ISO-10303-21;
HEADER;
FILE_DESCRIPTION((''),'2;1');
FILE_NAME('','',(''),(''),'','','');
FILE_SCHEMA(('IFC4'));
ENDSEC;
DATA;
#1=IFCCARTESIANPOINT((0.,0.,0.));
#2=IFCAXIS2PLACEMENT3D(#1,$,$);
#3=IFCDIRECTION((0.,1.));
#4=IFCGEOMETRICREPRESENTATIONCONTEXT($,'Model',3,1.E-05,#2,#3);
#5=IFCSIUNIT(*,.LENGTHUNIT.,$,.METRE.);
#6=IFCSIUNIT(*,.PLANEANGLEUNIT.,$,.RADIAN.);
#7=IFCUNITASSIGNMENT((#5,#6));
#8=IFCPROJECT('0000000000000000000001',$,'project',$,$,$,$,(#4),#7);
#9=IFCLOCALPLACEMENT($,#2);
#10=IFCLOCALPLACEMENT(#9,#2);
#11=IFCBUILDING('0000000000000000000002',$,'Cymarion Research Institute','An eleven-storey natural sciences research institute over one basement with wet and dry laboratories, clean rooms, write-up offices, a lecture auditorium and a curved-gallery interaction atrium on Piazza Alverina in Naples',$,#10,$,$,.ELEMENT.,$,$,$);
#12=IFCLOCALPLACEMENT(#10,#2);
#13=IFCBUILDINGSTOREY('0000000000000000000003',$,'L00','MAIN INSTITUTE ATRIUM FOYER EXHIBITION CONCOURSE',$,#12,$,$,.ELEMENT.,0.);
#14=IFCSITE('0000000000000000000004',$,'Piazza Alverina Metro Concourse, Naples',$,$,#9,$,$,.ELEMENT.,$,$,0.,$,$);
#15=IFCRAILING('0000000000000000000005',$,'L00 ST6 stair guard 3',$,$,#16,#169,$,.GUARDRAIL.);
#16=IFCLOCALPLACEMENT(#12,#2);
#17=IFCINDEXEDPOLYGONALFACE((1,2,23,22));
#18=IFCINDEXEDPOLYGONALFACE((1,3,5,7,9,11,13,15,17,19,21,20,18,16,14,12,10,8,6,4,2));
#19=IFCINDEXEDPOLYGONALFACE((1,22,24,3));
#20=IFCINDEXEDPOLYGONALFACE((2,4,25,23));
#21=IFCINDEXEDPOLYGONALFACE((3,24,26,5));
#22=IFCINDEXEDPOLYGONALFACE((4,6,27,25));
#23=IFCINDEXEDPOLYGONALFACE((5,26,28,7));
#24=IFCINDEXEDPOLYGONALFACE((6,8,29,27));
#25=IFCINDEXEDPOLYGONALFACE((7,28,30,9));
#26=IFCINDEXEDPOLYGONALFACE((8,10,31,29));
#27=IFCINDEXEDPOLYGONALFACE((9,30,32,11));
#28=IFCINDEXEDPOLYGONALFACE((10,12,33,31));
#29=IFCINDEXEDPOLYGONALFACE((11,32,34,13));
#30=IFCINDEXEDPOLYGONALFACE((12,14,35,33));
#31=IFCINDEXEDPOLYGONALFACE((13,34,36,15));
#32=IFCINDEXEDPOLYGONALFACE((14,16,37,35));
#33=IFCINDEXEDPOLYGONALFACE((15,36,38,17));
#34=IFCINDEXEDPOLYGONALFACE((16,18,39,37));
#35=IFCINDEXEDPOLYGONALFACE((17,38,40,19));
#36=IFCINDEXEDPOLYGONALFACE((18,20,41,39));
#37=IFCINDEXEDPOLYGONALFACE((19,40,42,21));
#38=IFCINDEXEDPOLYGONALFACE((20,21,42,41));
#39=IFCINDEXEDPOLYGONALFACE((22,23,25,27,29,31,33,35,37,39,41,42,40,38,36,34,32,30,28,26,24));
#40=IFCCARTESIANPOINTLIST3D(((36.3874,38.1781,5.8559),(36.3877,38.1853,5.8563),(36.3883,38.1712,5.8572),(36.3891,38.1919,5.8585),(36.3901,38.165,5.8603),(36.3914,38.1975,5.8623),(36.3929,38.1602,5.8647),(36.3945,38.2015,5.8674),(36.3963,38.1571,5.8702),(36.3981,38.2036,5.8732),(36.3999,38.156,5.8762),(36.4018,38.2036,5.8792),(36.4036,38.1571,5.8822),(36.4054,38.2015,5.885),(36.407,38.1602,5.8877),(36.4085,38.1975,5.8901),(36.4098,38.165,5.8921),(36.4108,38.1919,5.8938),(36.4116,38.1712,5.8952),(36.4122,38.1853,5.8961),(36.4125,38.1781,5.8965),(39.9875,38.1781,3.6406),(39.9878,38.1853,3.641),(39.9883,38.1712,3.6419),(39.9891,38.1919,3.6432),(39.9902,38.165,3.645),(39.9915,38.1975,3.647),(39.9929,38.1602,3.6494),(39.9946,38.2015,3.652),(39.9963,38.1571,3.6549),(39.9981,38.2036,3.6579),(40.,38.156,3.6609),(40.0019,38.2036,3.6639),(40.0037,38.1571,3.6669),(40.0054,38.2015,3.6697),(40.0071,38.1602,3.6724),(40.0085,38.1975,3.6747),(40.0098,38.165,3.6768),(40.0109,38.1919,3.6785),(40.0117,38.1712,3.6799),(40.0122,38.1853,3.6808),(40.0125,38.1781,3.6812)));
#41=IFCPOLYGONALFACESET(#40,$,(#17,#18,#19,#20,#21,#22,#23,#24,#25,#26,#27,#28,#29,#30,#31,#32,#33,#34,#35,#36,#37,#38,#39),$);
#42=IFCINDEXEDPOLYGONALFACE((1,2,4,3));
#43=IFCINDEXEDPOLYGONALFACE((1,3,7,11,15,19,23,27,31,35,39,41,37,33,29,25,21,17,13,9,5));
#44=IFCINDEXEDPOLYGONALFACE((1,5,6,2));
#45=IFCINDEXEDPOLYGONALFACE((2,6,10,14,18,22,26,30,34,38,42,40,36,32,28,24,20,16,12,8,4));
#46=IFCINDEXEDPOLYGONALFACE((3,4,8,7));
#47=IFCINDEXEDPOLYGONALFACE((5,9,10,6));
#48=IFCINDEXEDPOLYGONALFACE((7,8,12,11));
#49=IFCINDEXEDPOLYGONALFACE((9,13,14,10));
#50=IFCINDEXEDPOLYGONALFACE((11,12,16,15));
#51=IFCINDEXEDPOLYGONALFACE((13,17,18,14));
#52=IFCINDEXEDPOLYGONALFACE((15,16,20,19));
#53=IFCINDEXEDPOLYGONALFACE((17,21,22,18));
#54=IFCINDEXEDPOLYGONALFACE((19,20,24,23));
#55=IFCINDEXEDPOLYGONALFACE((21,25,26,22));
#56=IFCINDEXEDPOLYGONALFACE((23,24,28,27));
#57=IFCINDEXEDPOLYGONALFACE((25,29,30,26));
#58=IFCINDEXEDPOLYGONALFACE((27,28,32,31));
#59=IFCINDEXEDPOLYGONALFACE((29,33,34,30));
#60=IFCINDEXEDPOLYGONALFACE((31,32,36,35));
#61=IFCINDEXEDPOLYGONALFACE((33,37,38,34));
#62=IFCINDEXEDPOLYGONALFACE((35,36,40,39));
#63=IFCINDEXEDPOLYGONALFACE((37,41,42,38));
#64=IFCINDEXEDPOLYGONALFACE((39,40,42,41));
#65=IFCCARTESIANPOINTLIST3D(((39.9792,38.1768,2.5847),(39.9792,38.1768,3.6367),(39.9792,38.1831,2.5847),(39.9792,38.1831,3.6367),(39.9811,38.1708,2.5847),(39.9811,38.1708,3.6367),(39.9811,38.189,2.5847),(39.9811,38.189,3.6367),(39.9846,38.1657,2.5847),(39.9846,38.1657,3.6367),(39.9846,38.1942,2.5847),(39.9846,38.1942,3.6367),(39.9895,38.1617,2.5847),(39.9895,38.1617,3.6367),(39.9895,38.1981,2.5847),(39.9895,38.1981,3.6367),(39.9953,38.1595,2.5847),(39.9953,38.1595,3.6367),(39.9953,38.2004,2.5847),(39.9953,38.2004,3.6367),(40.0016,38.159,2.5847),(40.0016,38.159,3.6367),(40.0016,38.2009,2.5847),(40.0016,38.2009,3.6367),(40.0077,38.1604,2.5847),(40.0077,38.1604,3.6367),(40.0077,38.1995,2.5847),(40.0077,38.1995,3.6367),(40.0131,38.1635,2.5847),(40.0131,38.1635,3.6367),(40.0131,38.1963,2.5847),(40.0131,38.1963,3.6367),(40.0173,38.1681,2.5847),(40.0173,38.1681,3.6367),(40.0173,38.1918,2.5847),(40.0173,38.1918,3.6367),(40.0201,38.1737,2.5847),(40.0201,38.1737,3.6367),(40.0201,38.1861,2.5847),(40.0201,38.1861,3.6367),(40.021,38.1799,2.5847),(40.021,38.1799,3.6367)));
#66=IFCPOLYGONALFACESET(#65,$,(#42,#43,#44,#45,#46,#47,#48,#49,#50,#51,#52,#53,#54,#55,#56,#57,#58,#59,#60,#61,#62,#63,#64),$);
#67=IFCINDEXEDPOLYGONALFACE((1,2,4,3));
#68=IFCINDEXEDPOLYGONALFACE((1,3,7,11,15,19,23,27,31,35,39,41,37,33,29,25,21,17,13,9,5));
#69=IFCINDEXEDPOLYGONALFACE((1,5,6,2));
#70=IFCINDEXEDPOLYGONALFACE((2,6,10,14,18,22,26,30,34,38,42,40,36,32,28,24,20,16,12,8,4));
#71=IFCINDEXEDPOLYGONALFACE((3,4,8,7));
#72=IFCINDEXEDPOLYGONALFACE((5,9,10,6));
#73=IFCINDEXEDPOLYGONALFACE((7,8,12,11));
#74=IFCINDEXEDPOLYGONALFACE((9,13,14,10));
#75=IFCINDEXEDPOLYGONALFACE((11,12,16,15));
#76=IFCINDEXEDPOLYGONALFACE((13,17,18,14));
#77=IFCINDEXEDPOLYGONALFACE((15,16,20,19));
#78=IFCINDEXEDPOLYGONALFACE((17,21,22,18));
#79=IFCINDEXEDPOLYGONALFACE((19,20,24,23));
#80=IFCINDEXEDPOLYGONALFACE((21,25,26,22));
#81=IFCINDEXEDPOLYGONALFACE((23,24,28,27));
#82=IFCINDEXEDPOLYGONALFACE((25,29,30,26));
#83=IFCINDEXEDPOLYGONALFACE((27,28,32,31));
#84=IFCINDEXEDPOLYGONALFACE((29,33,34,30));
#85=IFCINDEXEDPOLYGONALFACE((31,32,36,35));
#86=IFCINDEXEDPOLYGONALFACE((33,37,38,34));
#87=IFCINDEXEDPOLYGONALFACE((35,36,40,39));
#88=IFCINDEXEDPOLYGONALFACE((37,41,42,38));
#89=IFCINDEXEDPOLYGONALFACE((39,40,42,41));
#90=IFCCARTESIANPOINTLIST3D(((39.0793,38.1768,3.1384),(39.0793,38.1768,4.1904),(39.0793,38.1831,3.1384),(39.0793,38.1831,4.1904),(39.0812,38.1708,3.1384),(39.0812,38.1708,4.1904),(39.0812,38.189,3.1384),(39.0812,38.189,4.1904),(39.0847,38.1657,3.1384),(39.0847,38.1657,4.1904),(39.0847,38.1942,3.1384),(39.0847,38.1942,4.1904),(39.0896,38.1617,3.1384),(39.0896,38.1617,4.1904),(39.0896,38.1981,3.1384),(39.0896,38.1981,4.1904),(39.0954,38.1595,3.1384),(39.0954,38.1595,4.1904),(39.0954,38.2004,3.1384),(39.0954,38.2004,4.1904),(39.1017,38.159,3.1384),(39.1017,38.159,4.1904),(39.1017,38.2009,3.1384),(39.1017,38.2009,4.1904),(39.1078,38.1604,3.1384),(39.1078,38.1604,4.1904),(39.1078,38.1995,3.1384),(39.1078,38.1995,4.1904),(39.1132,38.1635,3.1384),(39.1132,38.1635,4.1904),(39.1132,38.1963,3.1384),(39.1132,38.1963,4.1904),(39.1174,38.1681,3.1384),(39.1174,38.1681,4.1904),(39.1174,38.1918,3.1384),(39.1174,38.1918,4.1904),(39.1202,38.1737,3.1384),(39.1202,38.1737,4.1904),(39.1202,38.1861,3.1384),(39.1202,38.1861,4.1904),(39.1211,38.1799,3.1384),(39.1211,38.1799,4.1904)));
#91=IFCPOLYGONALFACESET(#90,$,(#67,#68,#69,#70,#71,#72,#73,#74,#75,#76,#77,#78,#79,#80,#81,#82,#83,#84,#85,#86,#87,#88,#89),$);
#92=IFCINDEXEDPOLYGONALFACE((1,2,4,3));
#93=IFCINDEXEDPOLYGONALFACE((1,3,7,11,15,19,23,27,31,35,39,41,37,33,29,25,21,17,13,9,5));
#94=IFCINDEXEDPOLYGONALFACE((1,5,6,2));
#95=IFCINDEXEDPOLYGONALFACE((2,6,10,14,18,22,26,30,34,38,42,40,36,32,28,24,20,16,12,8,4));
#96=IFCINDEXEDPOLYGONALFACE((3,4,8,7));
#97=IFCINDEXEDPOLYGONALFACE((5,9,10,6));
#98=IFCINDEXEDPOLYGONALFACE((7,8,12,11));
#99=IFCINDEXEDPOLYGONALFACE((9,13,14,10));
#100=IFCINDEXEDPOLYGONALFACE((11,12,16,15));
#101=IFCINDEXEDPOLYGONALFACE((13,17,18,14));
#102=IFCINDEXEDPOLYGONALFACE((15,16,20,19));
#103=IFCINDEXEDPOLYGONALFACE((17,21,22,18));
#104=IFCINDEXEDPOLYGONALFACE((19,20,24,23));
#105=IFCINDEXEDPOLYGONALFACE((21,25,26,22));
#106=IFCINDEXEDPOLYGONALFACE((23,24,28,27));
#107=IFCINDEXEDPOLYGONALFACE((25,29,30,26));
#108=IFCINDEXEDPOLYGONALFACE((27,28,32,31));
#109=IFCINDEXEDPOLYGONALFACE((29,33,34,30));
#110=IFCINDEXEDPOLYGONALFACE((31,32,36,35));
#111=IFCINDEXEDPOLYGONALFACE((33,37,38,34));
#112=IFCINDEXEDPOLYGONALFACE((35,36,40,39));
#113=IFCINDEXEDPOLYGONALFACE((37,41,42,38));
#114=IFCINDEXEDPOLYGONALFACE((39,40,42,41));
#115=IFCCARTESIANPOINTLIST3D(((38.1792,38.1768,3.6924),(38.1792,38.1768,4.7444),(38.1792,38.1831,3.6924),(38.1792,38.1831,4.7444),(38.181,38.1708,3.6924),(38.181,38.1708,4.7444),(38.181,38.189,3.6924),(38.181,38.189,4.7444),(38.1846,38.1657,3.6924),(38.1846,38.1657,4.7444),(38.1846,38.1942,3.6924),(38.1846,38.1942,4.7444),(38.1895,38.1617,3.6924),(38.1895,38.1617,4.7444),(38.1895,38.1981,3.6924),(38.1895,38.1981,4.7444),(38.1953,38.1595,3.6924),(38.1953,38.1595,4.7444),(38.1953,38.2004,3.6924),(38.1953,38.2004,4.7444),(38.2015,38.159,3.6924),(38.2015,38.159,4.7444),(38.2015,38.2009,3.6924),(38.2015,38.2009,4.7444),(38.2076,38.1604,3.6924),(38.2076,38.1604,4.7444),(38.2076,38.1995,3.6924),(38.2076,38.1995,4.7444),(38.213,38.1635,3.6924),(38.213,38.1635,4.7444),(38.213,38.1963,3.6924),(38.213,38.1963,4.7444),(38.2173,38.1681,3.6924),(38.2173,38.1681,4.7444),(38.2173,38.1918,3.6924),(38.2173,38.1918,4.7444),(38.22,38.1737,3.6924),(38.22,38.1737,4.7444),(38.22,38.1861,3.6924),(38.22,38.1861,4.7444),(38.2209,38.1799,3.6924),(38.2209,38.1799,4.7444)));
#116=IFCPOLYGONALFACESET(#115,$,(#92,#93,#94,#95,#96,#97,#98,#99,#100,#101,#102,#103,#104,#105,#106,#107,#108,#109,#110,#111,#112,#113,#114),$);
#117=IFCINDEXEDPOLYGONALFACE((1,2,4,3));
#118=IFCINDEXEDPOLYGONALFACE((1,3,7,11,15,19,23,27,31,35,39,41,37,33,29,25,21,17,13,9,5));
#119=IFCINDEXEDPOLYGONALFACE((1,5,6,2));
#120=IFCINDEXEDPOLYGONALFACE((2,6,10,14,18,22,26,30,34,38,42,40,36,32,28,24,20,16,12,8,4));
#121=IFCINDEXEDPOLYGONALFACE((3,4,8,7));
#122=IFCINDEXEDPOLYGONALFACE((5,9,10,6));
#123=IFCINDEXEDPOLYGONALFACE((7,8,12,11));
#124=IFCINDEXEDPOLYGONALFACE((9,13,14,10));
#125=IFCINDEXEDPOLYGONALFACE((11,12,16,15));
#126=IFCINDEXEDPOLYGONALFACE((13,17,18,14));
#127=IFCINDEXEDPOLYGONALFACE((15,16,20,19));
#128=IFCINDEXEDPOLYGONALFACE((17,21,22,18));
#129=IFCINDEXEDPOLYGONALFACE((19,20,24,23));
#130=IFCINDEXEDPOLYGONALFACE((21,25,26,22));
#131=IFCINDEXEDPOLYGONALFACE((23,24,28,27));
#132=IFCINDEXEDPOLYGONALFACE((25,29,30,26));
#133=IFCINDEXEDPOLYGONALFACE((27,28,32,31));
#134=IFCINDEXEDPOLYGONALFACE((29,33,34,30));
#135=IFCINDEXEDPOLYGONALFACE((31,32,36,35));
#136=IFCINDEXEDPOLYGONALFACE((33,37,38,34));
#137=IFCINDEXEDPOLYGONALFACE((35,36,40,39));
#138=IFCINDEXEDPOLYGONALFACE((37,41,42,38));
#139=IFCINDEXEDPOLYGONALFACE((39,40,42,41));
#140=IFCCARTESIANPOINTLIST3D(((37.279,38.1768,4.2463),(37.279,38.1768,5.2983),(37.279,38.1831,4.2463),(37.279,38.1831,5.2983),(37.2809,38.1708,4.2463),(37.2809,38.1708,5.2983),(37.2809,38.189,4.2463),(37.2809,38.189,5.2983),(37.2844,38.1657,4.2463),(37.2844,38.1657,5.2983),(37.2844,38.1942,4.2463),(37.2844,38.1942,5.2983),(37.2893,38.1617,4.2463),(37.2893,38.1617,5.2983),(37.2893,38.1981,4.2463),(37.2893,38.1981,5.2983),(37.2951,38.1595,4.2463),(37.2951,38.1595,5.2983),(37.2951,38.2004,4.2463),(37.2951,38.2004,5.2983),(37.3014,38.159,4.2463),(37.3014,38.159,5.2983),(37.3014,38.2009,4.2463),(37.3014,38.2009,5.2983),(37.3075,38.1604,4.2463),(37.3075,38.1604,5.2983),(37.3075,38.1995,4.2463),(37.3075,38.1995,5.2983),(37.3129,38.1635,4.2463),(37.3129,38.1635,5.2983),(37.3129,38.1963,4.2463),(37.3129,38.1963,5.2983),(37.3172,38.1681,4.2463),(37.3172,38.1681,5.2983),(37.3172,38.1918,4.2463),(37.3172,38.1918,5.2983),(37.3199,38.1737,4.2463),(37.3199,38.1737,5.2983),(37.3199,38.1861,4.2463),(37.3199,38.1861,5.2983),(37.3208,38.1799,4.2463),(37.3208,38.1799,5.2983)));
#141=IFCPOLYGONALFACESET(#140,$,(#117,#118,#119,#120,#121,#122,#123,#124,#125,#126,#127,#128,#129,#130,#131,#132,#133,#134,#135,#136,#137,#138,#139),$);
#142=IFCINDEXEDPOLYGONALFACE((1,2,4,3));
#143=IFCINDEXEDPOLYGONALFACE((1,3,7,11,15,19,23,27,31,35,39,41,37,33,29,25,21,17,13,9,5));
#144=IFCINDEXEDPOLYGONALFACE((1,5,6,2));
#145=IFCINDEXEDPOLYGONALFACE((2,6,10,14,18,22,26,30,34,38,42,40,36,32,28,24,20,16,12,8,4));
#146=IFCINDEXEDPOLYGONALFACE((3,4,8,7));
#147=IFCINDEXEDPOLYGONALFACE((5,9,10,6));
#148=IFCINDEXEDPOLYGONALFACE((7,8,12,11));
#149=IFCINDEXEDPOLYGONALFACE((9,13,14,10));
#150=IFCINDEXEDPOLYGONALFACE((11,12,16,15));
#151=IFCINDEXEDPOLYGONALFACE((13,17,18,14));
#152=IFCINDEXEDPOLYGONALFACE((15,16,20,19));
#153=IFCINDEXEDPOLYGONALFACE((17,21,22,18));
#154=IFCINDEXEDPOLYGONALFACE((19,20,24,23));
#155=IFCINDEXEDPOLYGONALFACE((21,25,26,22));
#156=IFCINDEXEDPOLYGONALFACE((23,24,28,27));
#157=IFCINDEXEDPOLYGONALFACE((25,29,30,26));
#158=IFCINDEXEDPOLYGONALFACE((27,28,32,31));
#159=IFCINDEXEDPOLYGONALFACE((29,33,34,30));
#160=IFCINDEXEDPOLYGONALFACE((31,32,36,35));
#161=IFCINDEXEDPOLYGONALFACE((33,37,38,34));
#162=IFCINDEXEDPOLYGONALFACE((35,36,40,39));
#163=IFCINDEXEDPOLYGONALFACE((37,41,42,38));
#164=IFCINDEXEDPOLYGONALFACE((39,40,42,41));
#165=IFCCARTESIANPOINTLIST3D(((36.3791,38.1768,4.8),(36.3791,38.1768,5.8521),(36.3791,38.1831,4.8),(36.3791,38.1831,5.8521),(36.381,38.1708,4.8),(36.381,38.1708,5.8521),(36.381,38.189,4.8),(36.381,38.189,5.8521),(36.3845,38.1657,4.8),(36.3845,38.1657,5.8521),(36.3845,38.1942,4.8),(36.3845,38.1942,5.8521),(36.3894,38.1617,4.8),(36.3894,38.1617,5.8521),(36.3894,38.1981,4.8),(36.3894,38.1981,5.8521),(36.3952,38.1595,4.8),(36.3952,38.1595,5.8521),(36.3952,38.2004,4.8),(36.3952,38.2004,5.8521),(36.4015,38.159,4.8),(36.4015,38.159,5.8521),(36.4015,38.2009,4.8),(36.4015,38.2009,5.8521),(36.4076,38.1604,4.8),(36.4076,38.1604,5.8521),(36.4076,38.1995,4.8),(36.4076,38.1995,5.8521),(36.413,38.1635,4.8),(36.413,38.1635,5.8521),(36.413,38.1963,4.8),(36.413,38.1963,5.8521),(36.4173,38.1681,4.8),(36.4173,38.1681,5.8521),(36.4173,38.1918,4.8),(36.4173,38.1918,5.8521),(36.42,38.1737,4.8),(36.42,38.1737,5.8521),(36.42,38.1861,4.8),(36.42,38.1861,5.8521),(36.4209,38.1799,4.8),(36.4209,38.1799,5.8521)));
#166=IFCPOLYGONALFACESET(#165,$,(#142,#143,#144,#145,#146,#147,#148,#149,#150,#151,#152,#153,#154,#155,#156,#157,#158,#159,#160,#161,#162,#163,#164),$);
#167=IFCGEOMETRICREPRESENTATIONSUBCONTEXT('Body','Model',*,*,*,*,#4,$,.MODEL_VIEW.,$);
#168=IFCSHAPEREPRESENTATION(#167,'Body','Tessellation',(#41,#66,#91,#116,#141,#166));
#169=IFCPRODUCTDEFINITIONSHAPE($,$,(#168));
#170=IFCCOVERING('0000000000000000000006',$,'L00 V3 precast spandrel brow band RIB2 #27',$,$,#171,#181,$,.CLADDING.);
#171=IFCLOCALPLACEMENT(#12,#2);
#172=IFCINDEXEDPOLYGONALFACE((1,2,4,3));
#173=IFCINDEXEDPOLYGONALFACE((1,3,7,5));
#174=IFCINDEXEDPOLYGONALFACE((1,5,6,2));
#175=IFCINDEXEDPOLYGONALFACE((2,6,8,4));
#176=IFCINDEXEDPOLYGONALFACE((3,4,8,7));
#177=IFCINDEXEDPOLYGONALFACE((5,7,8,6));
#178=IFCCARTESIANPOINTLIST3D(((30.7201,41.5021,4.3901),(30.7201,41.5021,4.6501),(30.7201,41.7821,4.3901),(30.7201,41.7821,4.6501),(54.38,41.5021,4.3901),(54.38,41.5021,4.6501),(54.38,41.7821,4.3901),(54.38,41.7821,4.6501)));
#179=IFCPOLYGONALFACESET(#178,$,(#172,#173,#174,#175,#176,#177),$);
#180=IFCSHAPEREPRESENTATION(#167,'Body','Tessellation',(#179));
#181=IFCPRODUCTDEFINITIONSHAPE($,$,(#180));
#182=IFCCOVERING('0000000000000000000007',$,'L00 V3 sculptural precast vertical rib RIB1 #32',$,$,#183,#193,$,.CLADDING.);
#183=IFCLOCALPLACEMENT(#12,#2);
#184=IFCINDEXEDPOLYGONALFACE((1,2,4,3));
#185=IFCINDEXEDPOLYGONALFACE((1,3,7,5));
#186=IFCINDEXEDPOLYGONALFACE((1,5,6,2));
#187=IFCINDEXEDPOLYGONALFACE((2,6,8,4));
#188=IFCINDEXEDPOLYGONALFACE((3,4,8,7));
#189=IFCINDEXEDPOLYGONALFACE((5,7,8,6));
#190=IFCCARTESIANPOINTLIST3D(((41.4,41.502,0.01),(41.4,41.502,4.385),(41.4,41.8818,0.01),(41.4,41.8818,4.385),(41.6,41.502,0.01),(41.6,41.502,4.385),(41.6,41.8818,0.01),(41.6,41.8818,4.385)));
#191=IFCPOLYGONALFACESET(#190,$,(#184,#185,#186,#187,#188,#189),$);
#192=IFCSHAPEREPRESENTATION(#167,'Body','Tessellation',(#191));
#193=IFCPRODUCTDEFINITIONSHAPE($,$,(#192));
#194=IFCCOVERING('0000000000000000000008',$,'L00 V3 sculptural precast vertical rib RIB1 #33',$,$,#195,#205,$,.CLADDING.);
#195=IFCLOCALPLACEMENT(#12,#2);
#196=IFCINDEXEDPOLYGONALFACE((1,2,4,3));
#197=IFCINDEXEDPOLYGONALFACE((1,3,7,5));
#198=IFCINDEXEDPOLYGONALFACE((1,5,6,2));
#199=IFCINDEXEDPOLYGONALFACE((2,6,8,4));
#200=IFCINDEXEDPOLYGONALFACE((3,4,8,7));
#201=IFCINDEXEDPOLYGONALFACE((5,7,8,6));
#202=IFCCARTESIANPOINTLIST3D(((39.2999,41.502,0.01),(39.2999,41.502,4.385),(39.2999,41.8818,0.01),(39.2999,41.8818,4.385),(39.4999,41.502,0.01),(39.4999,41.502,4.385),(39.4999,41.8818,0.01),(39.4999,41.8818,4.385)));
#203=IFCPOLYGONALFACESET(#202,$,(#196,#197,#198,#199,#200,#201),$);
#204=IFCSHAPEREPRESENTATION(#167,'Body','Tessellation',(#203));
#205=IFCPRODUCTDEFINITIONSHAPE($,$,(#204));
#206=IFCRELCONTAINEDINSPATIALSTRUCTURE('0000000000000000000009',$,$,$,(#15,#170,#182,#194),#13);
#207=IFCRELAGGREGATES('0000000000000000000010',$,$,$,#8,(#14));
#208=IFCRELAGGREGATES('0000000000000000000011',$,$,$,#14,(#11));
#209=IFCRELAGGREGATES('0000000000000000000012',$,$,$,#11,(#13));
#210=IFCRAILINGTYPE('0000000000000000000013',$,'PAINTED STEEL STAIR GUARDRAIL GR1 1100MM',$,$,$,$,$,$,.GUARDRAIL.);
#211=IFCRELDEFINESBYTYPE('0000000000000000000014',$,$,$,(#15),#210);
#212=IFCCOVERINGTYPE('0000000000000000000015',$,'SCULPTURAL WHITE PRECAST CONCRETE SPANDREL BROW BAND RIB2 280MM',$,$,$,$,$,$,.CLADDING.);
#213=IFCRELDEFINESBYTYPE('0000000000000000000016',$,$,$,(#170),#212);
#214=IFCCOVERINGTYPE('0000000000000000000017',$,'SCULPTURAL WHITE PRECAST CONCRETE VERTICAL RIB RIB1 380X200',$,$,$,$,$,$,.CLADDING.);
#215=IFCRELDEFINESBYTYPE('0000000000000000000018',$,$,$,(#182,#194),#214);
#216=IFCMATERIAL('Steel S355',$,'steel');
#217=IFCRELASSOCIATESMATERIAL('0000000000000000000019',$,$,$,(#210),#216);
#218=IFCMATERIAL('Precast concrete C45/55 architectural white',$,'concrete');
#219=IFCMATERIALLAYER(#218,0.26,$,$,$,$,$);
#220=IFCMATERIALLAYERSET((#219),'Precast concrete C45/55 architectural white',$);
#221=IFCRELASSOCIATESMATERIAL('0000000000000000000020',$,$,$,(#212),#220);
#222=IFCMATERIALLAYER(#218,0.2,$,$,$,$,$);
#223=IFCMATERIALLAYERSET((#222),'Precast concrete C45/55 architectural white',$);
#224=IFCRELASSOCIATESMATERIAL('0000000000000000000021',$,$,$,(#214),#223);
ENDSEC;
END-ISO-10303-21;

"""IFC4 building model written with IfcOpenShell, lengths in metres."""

from ifc_helpers import new_model, si_unit, direction, frame, origin, origin_2d, place, context, subcontext, project, spatial, rectangle, circle, extrude, material, layer, layer_set, type_object, element, save


model = new_model("IFC4")

# Units and contexts
model_context = context("Model", 3, precision=1e-05, world=origin(), true_north=direction((0.0, 1.0)))
body_context = subcontext(model_context, "Body", "Model", "MODEL_VIEW")
ifc_project = project(units=[si_unit("LENGTHUNIT", "METRE"), si_unit("PLANEANGLEUNIT", "RADIAN")], contexts=[model_context])

# Site, building, storey
site_placement = place(None, origin())
site = spatial("IfcSite", under=ifc_project, at=site_placement, Name="Piazza Alverina Metro Concourse, Naples", CompositionType="ELEMENT", RefElevation=0.0)
building_placement = place(site_placement, origin())
building = spatial("IfcBuilding", under=site, at=building_placement, Name="Cymarion Research Institute", Description="An eleven-storey natural sciences research institute over one basement with wet and dry laboratories, clean rooms, write-up offices, a lecture auditorium and a curved-gallery interaction atrium on Piazza Alverina in Naples", CompositionType="ELEMENT")
storey_placement = place(building_placement, origin())
storey = spatial("IfcBuildingStorey", under=building, at=storey_placement, Name="L00", Description="MAIN INSTITUTE ATRIUM FOYER EXHIBITION CONCOURSE", CompositionType="ELEMENT", Elevation=0.0)

# Shared definitions
ifc_material_1 = material(Name="Steel S355", Category="steel")

# Railing
railing_type_1 = type_object("IfcRailingType", Name="PAINTED STEEL STAIR GUARDRAIL GR1 1100MM", PredefinedType="GUARDRAIL", material=ifc_material_1)
railing_1_placement = place(storey_placement, frame((40.0, 38.1799, 2.5847)))
element("IfcRailing", 1, at=railing_1_placement, inside=storey, type_object=railing_type_1, Name="L00 ST6 stair guard 3", PredefinedType="GUARDRAIL", context=body_context, shape_type="SweptSolid", body=[
    extrude(circle(Radius=0.0239, at=origin_2d()), frame((0.0, 0.0, 1.0762), z_axis=(-0.85167, 0.0, 0.524078), x_axis=(0.0, -1.0, 0.0)), (0.0, 0.0, 1.0), 4.2271),
    extrude(circle(Radius=0.021, at=origin_2d()), origin(), (0.0, 0.0, 1.0), 1.052),
    extrude(circle(Radius=0.021, at=origin_2d()), frame((-0.8999, 0.0, 0.5537)), (0.0, 0.0, 1.0), 1.052),
    extrude(circle(Radius=0.021, at=origin_2d()), frame((-1.8, 0.0, 1.1077)), (0.0, 0.0, 1.0), 1.052),
    extrude(circle(Radius=0.021, at=origin_2d()), frame((-2.7002, 0.0, 1.6616)), (0.0, 0.0, 1.0), 1.052),
    extrude(circle(Radius=0.021, at=origin_2d()), frame((-3.6001, 0.0, 2.2153)), (0.0, 0.0, 1.0), 1.052),
])

# Coverings
ifc_material_2 = material(Name="Precast concrete C45/55 architectural white", Category="concrete")
ifc_layer_1 = layer(ifc_material_2, 0.26)
ifc_layer_set_1 = layer_set([ifc_layer_1], Name="Precast concrete C45/55 architectural white")
covering_type_1 = type_object("IfcCoveringType", Name="SCULPTURAL WHITE PRECAST CONCRETE SPANDREL BROW BAND RIB2 280MM", PredefinedType="CLADDING", material=ifc_layer_set_1)
covering_placement = place(storey_placement, frame((42.55, 41.6421, 4.3901), z_axis=(0.0, 0.0, 1.0), x_axis=(0.0, 1.0, 0.0)))
element("IfcCovering", 2, at=covering_placement, inside=storey, type_object=covering_type_1, Name="L00 V3 precast spandrel brow band RIB2 #27", PredefinedType="CLADDING", context=body_context, shape_type="SweptSolid", body=[
    extrude(rectangle(XDim=0.28, YDim=23.6599, at=origin_2d()), origin(), (0.0, 0.0, 1.0), 0.26),
])
ifc_layer_2 = layer(ifc_material_2, 0.2)
ifc_layer_set_2 = layer_set([ifc_layer_2], Name="Precast concrete C45/55 architectural white")
covering_type_2 = type_object("IfcCoveringType", Name="SCULPTURAL WHITE PRECAST CONCRETE VERTICAL RIB RIB1 380X200", PredefinedType="CLADDING", material=ifc_layer_set_2)
for number, where, z_axis, x_axis, name in (
    (3, (41.5, 41.6919, 0.01), (0.0, 0.0, 1.0), (0.0, 1.0, 0.0), "L00 V3 sculptural precast vertical rib RIB1 #32"),
    (4, (39.3999, 41.6919, 0.01), (0.0, 0.0, 1.0), (0.0, 1.0, 0.0), "L00 V3 sculptural precast vertical rib RIB1 #33"),
):
    element("IfcCovering", number, at=place(storey_placement, frame(where, z_axis=z_axis, x_axis=x_axis)), inside=storey, type_object=covering_type_2, Name=name, PredefinedType="CLADDING", context=body_context, shape_type="SweptSolid", body=[
        extrude(rectangle(XDim=0.3799, YDim=0.2, at=origin_2d()), origin(), (0.0, 0.0, 1.0), 4.375),
    ])

save(model, "model.ifc")
